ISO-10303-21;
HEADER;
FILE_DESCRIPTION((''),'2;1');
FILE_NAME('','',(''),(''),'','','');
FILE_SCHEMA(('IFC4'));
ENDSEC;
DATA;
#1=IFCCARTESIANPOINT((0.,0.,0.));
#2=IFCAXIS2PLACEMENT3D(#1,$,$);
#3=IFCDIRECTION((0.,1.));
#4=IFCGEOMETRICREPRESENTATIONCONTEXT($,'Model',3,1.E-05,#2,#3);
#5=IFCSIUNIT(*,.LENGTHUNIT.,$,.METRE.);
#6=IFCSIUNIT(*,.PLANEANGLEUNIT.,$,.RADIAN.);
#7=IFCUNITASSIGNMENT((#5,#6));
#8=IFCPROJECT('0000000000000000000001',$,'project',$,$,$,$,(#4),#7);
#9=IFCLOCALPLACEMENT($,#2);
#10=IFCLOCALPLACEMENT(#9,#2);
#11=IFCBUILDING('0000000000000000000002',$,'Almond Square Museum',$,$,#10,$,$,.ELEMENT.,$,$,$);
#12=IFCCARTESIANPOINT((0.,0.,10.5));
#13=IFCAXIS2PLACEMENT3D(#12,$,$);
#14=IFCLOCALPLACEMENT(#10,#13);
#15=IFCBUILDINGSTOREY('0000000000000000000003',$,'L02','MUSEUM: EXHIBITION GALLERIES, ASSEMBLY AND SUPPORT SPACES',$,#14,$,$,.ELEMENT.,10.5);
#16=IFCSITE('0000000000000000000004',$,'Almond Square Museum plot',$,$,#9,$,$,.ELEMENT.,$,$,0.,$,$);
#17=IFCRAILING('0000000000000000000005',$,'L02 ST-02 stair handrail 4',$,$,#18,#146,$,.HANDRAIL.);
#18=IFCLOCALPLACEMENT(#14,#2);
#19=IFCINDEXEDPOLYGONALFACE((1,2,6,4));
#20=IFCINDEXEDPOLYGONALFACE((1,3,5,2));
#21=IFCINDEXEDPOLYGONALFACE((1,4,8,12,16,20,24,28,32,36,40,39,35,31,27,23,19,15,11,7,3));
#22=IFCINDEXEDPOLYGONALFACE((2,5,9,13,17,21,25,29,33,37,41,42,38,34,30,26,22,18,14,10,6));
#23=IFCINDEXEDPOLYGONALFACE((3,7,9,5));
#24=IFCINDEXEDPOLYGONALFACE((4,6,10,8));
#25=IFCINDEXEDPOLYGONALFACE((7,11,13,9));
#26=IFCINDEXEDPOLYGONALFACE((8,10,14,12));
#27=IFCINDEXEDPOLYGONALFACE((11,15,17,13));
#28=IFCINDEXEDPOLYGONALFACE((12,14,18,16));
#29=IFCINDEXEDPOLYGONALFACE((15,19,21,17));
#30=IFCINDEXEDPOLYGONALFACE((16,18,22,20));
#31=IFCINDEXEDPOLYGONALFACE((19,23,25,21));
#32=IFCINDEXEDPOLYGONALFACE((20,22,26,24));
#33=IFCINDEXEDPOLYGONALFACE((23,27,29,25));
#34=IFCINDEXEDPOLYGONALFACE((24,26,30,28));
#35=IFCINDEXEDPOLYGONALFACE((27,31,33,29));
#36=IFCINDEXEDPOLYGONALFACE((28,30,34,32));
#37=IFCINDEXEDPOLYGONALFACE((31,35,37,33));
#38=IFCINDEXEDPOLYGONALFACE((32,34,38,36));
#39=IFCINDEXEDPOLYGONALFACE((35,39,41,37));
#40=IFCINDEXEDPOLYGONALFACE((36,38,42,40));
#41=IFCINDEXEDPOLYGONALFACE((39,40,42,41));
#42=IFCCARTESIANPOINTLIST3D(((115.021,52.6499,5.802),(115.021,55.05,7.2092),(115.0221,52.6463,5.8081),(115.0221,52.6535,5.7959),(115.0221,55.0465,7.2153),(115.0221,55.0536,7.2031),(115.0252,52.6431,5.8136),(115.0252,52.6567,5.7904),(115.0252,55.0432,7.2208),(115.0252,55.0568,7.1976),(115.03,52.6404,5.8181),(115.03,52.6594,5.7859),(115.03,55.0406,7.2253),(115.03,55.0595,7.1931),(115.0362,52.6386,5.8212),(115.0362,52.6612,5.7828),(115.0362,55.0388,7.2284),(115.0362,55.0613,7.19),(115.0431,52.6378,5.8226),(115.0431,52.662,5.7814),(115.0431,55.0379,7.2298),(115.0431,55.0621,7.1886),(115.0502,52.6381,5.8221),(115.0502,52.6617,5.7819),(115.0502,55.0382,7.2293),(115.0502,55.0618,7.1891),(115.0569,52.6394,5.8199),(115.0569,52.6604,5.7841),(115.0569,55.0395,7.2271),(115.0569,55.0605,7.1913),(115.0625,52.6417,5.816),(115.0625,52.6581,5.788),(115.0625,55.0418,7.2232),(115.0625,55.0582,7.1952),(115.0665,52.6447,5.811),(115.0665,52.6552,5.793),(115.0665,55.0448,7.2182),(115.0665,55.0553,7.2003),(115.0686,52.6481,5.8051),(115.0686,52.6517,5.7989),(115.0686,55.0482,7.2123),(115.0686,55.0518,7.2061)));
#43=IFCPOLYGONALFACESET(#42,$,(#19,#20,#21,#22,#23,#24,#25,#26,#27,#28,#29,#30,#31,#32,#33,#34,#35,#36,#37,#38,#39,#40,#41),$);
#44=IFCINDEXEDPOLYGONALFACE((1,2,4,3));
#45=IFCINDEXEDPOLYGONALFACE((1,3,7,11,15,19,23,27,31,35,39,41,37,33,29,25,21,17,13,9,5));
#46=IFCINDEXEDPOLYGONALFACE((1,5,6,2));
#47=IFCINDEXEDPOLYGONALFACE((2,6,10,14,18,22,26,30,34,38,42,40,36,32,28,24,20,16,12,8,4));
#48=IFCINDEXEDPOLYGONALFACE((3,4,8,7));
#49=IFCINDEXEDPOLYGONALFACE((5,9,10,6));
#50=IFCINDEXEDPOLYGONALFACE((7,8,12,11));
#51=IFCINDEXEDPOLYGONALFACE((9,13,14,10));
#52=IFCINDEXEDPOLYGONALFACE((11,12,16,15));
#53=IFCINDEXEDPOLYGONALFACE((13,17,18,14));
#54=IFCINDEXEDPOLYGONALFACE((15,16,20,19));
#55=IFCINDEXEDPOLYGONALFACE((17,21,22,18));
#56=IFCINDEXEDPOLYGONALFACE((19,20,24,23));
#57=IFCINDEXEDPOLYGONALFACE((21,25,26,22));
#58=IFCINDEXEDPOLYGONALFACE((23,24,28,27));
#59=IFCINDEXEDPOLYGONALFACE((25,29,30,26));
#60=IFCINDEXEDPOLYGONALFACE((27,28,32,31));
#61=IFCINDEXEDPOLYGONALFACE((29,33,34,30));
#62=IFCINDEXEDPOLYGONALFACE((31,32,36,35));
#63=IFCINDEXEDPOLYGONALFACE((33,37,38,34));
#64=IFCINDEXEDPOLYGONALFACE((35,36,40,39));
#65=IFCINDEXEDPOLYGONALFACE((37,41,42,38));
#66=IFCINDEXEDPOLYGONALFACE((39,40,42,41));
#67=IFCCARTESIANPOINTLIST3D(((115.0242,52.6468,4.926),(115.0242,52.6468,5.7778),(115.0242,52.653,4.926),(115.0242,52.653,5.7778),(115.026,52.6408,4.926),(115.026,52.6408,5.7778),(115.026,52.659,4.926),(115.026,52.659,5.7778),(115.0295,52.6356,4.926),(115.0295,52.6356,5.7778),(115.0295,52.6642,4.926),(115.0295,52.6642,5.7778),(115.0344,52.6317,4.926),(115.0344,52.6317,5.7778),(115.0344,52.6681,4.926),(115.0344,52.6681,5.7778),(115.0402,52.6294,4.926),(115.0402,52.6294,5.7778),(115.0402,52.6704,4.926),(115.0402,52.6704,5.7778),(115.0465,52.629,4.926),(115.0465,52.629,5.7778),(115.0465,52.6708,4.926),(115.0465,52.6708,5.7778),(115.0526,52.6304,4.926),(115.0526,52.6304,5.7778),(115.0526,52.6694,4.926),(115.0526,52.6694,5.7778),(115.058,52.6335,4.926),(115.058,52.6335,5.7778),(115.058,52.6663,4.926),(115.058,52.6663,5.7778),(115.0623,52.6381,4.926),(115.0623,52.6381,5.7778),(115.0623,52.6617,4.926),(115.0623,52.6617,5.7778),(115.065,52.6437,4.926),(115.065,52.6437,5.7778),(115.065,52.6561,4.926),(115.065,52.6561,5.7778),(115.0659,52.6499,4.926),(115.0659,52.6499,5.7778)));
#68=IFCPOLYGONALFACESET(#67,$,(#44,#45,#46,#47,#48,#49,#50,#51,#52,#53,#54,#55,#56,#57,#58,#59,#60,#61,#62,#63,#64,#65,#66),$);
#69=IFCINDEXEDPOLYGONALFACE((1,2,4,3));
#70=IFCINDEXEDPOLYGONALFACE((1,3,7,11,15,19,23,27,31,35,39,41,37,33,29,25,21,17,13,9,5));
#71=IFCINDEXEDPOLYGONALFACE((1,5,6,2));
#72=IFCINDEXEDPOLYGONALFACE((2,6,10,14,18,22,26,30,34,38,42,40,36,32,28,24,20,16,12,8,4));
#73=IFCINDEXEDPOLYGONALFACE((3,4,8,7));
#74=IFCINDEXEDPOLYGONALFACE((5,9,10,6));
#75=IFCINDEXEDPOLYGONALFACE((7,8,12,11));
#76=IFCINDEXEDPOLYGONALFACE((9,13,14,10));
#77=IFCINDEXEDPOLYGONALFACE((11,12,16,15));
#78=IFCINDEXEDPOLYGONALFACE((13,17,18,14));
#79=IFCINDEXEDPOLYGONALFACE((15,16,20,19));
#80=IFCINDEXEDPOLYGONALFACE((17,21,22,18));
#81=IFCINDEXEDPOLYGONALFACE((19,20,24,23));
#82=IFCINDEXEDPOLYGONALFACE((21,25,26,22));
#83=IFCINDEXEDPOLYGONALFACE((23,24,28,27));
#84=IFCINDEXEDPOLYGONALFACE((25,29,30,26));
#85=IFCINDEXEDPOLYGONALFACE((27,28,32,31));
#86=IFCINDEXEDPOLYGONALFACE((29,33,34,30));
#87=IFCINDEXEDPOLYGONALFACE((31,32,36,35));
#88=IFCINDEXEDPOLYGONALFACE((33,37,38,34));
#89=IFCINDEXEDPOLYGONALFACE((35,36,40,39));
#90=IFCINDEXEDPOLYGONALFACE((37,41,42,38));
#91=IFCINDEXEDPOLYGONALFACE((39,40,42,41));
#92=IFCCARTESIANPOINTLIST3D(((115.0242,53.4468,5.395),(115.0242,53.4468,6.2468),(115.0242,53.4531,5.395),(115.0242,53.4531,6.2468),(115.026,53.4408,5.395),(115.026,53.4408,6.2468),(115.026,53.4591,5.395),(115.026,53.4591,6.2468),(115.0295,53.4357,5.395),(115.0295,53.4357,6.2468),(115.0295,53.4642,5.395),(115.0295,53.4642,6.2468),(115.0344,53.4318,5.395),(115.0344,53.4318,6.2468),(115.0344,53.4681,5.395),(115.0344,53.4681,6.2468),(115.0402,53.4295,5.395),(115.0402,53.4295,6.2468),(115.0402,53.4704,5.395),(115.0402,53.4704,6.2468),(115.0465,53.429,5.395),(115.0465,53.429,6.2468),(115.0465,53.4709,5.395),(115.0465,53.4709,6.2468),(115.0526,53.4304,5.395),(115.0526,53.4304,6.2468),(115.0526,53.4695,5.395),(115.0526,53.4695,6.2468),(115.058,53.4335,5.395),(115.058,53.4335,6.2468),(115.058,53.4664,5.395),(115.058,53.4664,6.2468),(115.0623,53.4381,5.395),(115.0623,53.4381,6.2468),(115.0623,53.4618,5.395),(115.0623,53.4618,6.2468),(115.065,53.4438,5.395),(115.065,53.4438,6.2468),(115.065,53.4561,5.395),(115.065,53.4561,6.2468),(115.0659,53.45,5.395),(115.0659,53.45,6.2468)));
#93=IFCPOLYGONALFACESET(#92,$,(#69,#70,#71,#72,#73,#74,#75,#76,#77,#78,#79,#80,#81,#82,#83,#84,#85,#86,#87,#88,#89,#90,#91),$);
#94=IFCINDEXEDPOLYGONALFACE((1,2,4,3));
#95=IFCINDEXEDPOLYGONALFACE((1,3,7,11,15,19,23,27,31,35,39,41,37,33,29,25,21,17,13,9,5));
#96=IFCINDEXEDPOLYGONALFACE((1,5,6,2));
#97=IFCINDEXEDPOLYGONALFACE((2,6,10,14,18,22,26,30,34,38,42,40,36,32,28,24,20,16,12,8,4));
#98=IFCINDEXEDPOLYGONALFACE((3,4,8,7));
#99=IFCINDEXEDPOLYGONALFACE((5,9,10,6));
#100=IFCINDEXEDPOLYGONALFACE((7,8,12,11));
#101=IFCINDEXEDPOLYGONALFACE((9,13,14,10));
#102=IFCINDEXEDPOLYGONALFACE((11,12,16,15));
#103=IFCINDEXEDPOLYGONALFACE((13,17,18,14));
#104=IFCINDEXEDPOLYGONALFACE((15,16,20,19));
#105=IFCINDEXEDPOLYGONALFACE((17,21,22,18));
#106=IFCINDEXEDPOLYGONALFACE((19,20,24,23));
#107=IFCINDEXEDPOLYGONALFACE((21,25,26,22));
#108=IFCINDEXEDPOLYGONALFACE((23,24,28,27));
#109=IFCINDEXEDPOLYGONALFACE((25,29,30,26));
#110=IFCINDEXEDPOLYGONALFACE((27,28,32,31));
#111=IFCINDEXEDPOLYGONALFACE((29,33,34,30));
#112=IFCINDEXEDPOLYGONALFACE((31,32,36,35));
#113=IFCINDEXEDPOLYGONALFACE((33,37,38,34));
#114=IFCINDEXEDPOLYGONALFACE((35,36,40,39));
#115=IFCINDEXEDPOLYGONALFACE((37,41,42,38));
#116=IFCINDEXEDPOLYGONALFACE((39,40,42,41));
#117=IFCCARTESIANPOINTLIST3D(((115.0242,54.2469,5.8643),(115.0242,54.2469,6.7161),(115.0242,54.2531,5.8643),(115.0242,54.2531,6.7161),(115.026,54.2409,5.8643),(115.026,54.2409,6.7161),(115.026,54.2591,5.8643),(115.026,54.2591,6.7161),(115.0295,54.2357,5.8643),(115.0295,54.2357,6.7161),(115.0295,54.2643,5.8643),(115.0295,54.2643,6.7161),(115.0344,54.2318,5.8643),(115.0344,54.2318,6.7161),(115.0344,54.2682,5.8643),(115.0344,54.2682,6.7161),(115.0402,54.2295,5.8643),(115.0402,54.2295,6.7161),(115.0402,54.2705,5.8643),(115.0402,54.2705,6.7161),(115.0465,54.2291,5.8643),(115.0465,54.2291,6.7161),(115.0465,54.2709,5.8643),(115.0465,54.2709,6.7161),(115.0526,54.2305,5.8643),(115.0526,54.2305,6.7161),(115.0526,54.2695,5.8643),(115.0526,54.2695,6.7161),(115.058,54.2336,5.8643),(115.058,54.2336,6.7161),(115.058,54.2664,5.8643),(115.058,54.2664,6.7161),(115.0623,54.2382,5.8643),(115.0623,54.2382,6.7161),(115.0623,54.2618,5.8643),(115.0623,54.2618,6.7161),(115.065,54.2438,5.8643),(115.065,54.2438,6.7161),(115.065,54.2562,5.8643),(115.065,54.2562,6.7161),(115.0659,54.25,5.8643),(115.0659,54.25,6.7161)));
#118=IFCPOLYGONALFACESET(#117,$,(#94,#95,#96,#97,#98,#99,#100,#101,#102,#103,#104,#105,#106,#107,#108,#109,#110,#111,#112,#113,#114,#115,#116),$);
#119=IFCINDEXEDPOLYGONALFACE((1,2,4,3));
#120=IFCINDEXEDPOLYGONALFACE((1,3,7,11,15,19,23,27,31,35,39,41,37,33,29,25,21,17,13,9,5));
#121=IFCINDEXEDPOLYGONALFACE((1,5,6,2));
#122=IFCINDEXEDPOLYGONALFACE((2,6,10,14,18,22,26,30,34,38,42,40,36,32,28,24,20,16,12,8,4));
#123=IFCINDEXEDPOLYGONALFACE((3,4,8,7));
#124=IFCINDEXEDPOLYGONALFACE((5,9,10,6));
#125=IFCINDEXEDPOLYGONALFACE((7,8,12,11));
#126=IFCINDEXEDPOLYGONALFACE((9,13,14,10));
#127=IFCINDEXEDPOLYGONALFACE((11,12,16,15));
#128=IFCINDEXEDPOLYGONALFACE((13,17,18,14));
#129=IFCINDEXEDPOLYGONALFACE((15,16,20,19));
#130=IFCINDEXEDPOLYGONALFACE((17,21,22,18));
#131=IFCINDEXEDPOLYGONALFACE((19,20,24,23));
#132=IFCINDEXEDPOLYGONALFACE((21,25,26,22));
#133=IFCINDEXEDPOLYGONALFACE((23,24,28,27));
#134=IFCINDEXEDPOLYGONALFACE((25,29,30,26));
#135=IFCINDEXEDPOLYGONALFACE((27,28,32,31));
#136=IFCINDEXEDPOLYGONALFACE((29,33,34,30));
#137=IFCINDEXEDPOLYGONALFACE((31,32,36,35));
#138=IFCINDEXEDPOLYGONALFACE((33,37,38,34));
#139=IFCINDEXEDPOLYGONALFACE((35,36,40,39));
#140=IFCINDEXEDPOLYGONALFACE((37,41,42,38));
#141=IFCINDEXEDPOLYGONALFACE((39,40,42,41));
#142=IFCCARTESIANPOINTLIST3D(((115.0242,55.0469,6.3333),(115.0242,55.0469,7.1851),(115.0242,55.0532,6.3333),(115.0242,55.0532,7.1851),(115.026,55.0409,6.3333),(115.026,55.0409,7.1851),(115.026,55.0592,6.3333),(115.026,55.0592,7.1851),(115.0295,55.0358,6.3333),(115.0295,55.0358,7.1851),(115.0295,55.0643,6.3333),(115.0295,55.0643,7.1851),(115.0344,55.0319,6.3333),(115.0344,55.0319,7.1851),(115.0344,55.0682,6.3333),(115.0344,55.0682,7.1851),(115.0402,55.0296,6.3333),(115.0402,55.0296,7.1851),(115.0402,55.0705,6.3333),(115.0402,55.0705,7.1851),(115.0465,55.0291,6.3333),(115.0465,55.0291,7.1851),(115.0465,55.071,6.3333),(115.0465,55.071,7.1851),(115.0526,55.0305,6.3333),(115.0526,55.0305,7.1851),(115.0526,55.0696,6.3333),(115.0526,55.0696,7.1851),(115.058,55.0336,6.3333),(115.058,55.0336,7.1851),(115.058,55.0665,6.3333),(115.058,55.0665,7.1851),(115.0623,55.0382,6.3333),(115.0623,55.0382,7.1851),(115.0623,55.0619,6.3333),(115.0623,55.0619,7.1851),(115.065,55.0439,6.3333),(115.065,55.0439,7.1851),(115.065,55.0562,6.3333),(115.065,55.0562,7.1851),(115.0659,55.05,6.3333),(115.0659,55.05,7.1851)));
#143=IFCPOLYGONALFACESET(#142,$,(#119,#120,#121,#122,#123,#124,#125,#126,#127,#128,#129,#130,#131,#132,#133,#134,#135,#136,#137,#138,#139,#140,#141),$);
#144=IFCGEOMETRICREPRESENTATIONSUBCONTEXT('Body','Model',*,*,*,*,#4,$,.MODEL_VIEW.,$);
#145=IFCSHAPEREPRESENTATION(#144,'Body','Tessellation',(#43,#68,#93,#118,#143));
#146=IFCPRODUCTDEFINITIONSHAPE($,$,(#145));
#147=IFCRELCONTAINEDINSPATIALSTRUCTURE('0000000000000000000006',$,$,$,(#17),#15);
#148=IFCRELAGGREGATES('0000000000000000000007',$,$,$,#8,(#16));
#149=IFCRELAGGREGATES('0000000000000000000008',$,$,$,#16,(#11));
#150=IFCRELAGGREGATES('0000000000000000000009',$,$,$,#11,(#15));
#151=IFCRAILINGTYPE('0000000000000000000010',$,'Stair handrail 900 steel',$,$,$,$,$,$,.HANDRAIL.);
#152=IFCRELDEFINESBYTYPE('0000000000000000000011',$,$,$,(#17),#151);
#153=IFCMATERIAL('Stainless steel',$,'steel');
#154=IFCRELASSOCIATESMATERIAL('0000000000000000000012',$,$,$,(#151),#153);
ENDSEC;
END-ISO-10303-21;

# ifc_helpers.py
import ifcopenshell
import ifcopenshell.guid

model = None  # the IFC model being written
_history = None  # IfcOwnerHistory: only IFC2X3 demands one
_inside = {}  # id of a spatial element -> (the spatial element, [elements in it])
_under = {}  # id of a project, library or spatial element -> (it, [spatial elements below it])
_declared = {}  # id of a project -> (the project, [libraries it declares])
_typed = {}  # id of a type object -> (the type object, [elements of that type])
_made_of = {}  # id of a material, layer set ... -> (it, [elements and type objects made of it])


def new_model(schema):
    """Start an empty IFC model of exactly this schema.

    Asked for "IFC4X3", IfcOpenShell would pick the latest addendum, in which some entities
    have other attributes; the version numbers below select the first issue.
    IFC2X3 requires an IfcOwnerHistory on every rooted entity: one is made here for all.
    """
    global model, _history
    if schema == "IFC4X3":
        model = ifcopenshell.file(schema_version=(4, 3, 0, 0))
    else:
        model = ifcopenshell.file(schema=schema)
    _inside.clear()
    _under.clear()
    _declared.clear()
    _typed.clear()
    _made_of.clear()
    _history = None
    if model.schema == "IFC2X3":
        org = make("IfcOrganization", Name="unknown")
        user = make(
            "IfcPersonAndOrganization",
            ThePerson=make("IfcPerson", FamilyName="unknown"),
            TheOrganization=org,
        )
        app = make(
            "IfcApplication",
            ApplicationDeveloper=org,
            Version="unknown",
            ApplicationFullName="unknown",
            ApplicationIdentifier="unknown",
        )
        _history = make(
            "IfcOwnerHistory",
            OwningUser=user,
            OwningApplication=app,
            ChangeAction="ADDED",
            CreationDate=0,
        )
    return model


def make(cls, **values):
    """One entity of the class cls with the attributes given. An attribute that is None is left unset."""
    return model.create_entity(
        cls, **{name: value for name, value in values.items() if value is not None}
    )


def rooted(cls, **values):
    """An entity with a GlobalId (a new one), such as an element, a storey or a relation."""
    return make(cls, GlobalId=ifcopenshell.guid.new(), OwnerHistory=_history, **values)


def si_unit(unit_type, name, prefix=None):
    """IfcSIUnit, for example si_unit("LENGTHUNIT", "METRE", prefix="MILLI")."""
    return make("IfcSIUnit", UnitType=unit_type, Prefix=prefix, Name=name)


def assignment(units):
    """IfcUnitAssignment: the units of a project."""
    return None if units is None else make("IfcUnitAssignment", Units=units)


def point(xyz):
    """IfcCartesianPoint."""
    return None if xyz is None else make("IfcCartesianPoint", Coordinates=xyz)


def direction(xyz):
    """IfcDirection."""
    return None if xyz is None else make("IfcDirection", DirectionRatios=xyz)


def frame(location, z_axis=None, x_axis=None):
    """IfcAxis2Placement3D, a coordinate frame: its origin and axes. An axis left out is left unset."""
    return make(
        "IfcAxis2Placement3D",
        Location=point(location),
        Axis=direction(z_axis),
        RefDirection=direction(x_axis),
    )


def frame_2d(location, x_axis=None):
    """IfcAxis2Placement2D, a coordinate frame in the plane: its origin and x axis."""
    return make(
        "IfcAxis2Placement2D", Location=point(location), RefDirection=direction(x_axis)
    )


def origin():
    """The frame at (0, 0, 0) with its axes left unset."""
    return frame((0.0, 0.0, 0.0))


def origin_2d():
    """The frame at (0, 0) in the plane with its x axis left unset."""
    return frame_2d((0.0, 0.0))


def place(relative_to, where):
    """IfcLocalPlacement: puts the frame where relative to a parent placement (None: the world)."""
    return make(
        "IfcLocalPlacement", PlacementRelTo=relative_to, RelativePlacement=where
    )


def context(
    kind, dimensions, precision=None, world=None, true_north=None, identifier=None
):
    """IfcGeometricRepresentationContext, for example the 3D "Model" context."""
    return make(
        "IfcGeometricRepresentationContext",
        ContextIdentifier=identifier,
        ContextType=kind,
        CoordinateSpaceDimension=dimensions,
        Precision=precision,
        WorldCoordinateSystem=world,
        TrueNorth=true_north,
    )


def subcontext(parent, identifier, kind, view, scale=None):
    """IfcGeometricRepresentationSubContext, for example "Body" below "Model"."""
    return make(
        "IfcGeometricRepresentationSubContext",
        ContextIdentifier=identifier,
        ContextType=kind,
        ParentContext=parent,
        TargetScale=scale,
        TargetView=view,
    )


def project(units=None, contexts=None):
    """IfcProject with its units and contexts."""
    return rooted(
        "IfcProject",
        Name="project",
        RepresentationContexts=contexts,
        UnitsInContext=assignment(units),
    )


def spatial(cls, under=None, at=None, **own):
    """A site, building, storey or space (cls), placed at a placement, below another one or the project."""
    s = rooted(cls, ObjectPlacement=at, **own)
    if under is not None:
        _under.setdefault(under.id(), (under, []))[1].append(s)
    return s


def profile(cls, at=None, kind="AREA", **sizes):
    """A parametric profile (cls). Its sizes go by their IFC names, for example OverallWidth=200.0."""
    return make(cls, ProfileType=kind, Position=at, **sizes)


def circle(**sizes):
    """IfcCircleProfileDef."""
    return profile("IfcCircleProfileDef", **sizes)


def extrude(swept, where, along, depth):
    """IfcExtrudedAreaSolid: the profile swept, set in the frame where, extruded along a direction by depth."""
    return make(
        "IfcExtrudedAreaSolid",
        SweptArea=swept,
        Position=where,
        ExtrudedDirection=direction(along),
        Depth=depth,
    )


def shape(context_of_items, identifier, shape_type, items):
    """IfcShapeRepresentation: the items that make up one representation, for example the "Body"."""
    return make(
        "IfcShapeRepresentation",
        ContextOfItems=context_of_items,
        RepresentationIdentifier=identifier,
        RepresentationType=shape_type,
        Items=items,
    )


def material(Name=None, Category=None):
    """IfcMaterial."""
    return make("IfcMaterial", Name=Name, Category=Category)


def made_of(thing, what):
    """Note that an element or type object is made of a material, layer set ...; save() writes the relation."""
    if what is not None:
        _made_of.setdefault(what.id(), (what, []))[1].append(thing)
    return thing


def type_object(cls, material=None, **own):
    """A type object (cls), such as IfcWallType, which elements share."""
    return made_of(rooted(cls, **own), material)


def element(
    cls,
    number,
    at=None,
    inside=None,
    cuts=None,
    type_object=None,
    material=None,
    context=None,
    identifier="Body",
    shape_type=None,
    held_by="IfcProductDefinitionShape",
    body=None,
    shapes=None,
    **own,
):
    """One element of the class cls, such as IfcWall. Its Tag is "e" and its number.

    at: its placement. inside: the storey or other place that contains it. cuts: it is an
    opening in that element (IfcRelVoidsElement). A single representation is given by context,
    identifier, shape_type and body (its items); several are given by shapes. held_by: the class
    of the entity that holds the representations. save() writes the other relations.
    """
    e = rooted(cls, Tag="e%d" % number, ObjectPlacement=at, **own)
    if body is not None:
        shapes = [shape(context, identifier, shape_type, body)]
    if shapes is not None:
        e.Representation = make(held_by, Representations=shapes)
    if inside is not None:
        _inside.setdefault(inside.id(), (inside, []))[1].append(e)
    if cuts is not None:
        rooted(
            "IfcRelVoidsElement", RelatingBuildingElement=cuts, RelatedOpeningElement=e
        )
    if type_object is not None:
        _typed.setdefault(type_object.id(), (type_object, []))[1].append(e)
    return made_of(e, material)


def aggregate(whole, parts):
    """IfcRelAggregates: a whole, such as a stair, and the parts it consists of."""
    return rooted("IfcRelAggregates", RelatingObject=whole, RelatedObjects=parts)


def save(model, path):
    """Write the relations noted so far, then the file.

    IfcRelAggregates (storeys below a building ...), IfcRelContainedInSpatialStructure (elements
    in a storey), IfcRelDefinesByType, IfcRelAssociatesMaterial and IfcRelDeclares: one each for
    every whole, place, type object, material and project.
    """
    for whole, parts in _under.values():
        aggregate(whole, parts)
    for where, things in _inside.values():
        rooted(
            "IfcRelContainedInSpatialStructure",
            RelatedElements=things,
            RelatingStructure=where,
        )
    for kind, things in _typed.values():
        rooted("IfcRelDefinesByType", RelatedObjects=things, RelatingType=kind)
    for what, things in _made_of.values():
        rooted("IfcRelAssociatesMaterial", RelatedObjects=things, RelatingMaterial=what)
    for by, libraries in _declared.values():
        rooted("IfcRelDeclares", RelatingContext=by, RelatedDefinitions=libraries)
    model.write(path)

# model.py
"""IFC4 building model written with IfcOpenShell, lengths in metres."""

from ifc_helpers import new_model, si_unit, direction, frame, origin, origin_2d, place, context, subcontext, project, spatial, circle, extrude, material, type_object, element, save


model = new_model("IFC4")

# Units and contexts
model_context = context("Model", 3, precision=1e-05, world=origin(), true_north=direction((0.0, 1.0)))
body_context = subcontext(model_context, "Body", "Model", "MODEL_VIEW")
ifc_project = project(units=[si_unit("LENGTHUNIT", "METRE"), si_unit("PLANEANGLEUNIT", "RADIAN")], contexts=[model_context])

# Site, building, storey
site_placement = place(None, origin())
site = spatial("IfcSite", under=ifc_project, at=site_placement, Name="Almond Square Museum plot", CompositionType="ELEMENT", RefElevation=0.0)
building_placement = place(site_placement, origin())
building = spatial("IfcBuilding", under=site, at=building_placement, Name="Almond Square Museum", CompositionType="ELEMENT")
storey_placement = place(building_placement, frame((0.0, 0.0, 10.5)))
storey = spatial("IfcBuildingStorey", under=building, at=storey_placement, Name="L02", Description="MUSEUM: EXHIBITION GALLERIES, ASSEMBLY AND SUPPORT SPACES", CompositionType="ELEMENT", Elevation=10.5)

# Railing
ifc_material_1 = material(Name="Stainless steel", Category="steel")
railing_type_1 = type_object("IfcRailingType", Name="Stair handrail 900 steel", PredefinedType="HANDRAIL", material=ifc_material_1)
railing_1_placement = place(storey_placement, frame((115.0449, 52.6499, 4.926)))
element("IfcRailing", 1, at=railing_1_placement, inside=storey, type_object=railing_type_1, Name="L02 ST-02 stair handrail 4", PredefinedType="HANDRAIL", context=body_context, shape_type="SweptSolid", body=[
    extrude(circle(Radius=0.0239, at=origin_2d()), frame((0.0, 0.0, 0.876), z_axis=(0.0, 0.86266, 0.505785), x_axis=(-1.0, 0.0, 0.0)), (0.0, 0.0, 1.0), 2.7822),
    extrude(circle(Radius=0.021, at=origin_2d()), origin(), (0.0, 0.0, 1.0), 0.8518),
    extrude(circle(Radius=0.021, at=origin_2d()), frame((0.0, 0.8, 0.469)), (0.0, 0.0, 1.0), 0.8518),
    extrude(circle(Radius=0.021, at=origin_2d()), frame((0.0, 1.6001, 0.9382)), (0.0, 0.0, 1.0), 0.8518),
    extrude(circle(Radius=0.021, at=origin_2d()), frame((0.0, 2.4001, 1.4072)), (0.0, 0.0, 1.0), 0.8518),
])

save(model, "model.ifc")
